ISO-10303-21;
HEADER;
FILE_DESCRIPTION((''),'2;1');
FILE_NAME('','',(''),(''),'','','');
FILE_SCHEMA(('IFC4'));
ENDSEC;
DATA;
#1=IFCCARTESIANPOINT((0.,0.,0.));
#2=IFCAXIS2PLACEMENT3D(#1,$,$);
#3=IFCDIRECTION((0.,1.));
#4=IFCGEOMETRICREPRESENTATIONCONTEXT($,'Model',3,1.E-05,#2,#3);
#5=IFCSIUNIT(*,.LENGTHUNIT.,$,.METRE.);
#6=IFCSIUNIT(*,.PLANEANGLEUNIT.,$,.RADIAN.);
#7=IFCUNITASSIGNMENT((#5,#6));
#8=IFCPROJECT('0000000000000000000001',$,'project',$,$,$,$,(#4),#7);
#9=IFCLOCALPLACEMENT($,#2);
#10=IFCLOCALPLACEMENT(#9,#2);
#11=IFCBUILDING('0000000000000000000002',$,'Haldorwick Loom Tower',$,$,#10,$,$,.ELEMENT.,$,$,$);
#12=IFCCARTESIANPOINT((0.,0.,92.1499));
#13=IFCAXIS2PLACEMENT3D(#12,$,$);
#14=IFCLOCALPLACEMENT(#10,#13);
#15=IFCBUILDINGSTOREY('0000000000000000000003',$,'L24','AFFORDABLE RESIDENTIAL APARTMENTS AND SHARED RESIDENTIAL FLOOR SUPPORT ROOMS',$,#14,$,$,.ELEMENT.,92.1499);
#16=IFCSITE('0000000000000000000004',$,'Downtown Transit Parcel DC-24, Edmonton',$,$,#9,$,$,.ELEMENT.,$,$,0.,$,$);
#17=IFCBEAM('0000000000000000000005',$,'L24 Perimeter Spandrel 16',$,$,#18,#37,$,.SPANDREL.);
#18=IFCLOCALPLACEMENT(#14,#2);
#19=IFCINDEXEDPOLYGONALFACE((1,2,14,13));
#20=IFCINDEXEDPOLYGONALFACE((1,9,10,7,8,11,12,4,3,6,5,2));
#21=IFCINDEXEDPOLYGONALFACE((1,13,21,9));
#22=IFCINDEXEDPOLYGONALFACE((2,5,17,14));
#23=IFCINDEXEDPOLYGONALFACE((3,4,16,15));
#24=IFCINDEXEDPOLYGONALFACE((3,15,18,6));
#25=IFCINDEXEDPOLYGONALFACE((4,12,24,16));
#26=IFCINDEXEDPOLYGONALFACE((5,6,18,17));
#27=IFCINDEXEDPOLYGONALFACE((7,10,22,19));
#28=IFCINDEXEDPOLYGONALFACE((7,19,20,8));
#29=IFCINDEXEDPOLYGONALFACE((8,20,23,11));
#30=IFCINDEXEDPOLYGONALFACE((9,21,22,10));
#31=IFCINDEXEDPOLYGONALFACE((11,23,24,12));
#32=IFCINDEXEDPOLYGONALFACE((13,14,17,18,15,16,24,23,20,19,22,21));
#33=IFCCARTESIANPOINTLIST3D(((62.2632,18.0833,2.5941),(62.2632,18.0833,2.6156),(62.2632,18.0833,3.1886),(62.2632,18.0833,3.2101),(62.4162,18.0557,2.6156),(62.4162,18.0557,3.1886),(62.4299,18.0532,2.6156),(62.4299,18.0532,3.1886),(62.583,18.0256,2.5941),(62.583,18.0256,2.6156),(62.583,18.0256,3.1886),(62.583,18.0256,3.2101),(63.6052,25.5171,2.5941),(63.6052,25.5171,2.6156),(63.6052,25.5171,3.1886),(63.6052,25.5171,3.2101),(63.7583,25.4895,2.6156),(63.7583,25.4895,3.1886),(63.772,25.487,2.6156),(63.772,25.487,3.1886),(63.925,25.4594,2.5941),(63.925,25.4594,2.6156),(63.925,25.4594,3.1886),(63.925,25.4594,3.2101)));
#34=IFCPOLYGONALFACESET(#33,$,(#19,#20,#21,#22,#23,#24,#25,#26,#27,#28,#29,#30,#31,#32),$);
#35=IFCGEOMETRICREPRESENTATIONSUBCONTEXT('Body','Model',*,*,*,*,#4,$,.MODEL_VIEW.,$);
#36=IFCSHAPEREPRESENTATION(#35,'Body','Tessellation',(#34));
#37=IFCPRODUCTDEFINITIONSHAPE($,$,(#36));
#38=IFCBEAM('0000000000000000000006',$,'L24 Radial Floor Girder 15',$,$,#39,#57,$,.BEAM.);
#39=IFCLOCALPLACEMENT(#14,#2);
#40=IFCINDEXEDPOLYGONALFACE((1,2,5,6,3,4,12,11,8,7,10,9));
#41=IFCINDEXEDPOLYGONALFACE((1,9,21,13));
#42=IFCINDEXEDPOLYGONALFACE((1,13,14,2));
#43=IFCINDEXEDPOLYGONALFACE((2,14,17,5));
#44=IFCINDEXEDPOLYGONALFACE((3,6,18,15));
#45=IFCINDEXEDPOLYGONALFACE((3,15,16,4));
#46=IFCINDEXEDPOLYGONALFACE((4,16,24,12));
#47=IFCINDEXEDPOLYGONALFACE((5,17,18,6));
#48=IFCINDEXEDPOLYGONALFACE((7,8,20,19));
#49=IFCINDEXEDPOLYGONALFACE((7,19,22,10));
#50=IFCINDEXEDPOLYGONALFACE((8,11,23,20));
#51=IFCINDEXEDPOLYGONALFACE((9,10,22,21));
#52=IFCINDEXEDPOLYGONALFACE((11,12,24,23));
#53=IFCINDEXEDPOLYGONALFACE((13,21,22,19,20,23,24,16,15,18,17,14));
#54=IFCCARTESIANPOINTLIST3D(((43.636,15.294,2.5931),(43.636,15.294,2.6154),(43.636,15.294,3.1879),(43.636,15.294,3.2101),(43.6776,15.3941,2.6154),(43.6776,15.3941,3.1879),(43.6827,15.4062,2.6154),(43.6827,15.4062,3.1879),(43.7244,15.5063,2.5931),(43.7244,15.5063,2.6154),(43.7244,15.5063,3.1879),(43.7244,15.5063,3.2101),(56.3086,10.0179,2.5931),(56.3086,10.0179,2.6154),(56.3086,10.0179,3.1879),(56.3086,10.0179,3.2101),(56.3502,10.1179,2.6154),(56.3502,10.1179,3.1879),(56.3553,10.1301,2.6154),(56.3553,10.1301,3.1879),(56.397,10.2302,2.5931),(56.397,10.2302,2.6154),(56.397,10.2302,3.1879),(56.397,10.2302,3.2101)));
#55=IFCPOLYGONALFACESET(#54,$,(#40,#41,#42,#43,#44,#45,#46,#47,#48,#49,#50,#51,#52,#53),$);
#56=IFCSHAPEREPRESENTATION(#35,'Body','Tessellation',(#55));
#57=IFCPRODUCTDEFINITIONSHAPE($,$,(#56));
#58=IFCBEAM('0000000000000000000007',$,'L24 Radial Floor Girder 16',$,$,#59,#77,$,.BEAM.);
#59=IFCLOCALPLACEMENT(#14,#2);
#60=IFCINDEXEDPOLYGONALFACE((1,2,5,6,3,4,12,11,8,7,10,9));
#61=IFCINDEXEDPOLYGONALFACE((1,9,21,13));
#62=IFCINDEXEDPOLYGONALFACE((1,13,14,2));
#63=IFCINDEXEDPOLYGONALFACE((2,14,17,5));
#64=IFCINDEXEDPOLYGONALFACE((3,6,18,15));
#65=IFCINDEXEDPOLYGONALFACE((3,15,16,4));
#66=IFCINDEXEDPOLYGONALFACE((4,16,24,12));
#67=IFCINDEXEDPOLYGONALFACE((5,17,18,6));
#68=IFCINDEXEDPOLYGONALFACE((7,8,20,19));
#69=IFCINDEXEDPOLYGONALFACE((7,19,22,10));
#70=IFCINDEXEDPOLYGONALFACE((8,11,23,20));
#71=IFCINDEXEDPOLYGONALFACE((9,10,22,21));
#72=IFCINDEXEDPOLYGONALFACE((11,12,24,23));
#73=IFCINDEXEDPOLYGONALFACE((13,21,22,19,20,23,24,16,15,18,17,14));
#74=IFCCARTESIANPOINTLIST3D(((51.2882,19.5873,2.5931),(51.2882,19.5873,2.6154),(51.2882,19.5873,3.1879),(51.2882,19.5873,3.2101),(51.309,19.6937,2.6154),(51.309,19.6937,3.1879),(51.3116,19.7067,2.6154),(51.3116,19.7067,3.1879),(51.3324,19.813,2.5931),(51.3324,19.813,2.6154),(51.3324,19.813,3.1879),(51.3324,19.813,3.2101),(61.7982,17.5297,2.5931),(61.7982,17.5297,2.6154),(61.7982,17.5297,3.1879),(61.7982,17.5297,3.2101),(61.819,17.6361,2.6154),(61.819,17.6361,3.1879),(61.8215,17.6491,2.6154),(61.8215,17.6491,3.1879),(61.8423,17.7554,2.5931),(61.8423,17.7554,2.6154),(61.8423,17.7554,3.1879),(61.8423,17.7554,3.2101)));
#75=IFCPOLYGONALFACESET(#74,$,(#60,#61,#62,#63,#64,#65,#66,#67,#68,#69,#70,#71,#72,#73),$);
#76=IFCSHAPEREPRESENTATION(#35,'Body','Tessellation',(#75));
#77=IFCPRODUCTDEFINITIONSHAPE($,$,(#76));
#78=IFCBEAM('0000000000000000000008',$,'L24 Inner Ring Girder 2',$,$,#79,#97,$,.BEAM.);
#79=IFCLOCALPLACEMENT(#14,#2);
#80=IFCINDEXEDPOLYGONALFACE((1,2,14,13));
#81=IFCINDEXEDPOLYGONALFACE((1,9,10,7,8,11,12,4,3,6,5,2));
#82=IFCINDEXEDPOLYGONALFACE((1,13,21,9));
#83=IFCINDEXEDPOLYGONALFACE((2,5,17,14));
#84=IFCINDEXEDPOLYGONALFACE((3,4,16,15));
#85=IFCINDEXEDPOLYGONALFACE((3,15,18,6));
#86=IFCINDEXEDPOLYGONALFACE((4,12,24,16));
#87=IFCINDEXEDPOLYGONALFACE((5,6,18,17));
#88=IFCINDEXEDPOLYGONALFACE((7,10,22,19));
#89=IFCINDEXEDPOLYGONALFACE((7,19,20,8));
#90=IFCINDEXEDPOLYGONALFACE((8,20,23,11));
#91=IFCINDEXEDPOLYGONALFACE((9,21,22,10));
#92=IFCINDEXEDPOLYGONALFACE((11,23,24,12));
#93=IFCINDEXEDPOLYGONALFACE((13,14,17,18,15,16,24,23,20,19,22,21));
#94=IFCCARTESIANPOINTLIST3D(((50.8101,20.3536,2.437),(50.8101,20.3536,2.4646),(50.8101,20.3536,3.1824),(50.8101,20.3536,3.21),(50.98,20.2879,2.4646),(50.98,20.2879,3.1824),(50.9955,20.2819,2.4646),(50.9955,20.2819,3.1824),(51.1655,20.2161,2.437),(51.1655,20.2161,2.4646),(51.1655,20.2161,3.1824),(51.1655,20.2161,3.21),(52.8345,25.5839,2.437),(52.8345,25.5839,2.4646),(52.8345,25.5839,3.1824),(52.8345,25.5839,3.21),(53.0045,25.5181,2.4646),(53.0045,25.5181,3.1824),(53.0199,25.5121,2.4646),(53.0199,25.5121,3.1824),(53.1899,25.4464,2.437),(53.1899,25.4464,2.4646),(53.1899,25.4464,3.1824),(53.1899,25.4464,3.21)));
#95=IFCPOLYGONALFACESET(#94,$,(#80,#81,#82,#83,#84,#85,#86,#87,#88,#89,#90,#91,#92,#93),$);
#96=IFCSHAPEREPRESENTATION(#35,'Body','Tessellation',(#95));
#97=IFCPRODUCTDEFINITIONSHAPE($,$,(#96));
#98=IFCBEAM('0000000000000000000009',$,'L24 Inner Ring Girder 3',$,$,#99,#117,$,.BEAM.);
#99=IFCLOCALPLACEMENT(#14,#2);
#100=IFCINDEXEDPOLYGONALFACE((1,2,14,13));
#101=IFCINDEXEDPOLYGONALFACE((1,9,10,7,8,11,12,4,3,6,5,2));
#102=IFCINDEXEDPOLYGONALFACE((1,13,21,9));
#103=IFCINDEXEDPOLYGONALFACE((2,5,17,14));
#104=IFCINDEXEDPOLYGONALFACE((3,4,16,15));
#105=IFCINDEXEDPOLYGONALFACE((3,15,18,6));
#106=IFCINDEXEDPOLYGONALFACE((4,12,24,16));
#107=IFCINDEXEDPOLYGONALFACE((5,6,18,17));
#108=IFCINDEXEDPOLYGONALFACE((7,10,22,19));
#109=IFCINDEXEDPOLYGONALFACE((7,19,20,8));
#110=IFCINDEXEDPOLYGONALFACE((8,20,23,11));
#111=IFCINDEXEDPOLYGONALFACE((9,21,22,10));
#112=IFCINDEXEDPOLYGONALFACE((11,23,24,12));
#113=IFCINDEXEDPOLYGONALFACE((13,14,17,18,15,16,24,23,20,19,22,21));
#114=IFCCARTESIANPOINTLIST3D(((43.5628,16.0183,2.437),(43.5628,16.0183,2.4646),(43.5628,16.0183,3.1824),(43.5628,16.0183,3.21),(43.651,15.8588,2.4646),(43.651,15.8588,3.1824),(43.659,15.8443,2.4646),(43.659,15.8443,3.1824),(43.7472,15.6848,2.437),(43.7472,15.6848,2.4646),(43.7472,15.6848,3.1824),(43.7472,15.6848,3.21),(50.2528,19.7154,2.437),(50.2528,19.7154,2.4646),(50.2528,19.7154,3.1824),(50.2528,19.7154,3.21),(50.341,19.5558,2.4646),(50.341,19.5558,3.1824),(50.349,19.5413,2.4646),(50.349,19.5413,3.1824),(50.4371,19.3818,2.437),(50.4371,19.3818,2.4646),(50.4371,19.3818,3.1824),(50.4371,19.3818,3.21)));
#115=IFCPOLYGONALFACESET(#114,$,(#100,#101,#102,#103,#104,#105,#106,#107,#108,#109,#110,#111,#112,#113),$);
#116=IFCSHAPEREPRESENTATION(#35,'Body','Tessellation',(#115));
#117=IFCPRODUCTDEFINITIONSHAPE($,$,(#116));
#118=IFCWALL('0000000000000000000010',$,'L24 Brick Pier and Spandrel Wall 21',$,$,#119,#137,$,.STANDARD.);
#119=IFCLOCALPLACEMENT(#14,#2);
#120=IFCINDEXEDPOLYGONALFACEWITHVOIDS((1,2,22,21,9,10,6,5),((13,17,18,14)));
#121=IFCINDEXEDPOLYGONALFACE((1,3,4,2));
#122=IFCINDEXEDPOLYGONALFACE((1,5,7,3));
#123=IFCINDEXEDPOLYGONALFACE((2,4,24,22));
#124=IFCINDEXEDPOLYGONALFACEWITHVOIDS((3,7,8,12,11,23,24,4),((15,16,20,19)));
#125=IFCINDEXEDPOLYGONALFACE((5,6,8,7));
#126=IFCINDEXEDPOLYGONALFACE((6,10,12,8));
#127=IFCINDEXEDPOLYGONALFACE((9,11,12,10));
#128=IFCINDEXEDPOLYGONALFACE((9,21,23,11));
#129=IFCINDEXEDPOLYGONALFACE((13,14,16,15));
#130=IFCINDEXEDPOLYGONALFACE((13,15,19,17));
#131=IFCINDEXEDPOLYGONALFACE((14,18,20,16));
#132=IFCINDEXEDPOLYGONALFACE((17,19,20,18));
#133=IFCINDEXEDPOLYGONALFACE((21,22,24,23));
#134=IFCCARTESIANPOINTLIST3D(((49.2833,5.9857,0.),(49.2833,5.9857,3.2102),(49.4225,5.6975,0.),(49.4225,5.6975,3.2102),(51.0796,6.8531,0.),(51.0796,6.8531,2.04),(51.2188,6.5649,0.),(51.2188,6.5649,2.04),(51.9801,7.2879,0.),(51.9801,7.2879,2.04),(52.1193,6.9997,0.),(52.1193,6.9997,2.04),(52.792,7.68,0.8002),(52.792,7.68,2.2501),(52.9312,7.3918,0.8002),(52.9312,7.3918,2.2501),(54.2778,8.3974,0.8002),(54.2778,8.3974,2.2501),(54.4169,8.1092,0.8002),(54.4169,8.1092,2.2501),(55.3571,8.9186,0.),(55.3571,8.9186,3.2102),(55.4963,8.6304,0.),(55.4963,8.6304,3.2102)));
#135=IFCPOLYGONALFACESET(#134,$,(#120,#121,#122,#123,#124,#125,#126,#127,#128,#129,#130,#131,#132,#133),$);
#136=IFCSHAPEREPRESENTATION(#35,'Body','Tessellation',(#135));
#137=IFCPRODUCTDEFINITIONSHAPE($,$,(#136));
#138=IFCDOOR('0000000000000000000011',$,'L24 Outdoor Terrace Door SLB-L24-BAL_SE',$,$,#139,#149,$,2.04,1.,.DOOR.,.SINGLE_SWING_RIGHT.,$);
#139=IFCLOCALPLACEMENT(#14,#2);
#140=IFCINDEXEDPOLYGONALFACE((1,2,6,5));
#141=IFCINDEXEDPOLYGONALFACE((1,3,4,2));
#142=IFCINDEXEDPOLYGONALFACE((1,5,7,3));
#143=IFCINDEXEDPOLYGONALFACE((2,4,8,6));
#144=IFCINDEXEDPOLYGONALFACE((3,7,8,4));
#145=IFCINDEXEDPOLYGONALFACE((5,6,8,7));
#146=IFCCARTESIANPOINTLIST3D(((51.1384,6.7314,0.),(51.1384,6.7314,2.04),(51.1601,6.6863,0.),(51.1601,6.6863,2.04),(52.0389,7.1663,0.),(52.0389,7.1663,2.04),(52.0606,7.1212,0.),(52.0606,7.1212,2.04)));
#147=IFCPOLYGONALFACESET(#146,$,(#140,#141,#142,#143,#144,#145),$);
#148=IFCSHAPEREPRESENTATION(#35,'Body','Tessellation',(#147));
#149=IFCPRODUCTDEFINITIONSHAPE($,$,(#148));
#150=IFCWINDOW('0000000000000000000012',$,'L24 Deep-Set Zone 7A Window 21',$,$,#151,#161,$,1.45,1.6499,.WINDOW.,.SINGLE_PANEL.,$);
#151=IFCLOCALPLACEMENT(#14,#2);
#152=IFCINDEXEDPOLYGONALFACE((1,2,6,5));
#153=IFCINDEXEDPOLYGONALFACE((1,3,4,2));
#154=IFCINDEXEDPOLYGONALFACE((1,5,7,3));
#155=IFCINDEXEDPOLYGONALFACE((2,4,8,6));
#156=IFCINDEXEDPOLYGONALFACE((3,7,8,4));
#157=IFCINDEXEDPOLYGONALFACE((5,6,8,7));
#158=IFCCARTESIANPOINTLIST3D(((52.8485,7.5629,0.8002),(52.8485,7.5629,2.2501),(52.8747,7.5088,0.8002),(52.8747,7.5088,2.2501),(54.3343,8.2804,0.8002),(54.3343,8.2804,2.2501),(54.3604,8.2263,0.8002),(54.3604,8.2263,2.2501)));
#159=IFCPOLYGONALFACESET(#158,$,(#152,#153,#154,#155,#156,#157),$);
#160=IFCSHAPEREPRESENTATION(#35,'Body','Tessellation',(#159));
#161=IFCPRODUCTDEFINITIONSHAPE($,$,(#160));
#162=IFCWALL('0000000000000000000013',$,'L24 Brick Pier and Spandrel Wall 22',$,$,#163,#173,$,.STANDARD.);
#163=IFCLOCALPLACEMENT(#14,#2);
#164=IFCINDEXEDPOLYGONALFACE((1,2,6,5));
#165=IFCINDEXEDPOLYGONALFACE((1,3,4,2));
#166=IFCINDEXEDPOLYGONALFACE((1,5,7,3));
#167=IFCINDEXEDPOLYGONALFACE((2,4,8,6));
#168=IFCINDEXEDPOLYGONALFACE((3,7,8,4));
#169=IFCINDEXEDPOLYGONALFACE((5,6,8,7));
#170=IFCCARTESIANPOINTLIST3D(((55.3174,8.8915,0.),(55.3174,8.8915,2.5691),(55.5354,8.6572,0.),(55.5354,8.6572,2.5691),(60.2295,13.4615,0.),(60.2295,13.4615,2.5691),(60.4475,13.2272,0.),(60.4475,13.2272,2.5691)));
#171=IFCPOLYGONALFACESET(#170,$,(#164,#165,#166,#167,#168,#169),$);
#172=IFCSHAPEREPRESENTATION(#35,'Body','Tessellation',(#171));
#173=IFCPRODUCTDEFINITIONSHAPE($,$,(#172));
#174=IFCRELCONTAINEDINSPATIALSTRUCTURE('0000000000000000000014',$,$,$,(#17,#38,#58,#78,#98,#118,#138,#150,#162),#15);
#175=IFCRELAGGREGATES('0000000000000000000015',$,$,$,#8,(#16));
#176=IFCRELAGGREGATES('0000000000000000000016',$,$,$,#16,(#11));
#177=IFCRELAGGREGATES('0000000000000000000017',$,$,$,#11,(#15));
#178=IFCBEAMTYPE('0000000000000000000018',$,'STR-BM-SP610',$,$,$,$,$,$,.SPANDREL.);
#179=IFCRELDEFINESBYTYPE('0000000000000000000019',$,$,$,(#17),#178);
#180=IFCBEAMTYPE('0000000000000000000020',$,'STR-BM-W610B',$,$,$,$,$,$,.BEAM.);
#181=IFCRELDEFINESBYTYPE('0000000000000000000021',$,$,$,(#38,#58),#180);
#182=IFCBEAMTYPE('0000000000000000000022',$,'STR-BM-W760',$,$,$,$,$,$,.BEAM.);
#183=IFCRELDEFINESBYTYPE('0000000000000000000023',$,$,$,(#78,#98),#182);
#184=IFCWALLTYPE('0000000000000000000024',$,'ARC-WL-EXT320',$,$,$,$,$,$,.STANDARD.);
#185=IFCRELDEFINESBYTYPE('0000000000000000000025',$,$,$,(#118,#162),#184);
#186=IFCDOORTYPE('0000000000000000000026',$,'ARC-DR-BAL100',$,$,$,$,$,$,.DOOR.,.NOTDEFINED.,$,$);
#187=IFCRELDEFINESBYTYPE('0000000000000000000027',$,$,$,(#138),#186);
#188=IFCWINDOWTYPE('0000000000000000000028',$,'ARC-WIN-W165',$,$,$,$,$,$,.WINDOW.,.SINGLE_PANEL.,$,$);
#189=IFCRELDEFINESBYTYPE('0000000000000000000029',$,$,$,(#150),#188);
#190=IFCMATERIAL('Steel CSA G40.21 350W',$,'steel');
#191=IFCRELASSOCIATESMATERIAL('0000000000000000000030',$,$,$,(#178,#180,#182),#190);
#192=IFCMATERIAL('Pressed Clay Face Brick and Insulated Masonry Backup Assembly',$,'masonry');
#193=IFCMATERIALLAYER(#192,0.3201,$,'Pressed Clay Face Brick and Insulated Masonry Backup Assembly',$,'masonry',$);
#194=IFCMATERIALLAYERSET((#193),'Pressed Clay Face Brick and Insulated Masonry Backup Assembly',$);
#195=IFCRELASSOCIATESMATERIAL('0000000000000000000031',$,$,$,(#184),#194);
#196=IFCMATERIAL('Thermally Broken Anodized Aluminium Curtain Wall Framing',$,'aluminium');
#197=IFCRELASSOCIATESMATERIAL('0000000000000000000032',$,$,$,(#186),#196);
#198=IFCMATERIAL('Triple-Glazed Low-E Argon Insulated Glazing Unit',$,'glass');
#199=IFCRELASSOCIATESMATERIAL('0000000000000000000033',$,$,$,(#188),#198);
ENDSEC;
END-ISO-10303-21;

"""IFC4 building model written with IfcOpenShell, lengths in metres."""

from ifc_helpers import new_model, si_unit, direction, frame, frame_2d, origin, origin_2d, place, context, subcontext, project, spatial, rectangle, i_section, extrude, material, layer, layer_set, material_profile, profile_set, type_object, element, fill, save


model = new_model("IFC4")

# Units and contexts
model_context = context("Model", 3, precision=1e-05, world=origin(), true_north=direction((0.0, 1.0)))
body_context = subcontext(model_context, "Body", "Model", "MODEL_VIEW")
ifc_project = project(units=[si_unit("LENGTHUNIT", "METRE"), si_unit("PLANEANGLEUNIT", "RADIAN")], contexts=[model_context])

# Site, building, storey
site_placement = place(None, origin())
site = spatial("IfcSite", under=ifc_project, at=site_placement, Name="Downtown Transit Parcel DC-24, Edmonton", CompositionType="ELEMENT", RefElevation=0.0)
building_placement = place(site_placement, origin())
building = spatial("IfcBuilding", under=site, at=building_placement, Name="Haldorwick Loom Tower", CompositionType="ELEMENT")
storey_placement = place(building_placement, frame((0.0, 0.0, 92.1499)))
storey = spatial("IfcBuildingStorey", under=building, at=storey_placement, Name="L24", Description="AFFORDABLE RESIDENTIAL APARTMENTS AND SHARED RESIDENTIAL FLOOR SUPPORT ROOMS", CompositionType="ELEMENT", Elevation=92.1499)

# Beams
ifc_material_1 = material(Name="Steel CSA G40.21 350W", Category="steel")
ifc_material_profile_1 = material_profile(ifc_material_1, i_section(OverallWidth=0.325, OverallDepth=0.616, WebThickness=0.0139, FlangeThickness=0.0215, at=origin_2d()), Name="W610X174", Category="steel")
ifc_profile_set_1 = profile_set([ifc_material_profile_1], Name="Steel CSA G40.21 350W")
beam_type_1 = type_object("IfcBeamType", Name="STR-BM-SP610", PredefinedType="SPANDREL", material=ifc_profile_set_1)
beam_1_placement = place(storey_placement, frame((62.4231, 18.0544, 2.9021), z_axis=(0.177659, 0.984092, 0.0), x_axis=(-0.984092, 0.177659, 0.0)))
element("IfcBeam", 1, at=beam_1_placement, inside=storey, type_object=beam_type_1, Name="L24 Perimeter Spandrel 16", PredefinedType="SPANDREL", context=body_context, shape_type="SweptSolid", body=[
    extrude(i_section(OverallWidth=0.325, OverallDepth=0.616, WebThickness=0.0139, FlangeThickness=0.0215, at=origin_2d()), origin(), (0.0, 0.0, 1.0), 7.554),
])
ifc_material_profile_2 = material_profile(ifc_material_1, i_section(OverallWidth=0.23, OverallDepth=0.6169, WebThickness=0.0132, FlangeThickness=0.0222, at=origin_2d()), Name="W610X140", Category="steel")
ifc_profile_set_2 = profile_set([ifc_material_profile_2], Name="Steel CSA G40.21 350W")
beam_type_2 = type_object("IfcBeamType", Name="STR-BM-W610B", PredefinedType="BEAM", material=ifc_profile_set_2)
beam_2_placement = place(storey_placement, frame((43.6802, 15.4001, 2.9016), z_axis=(0.923184, -0.384359, 0.0), x_axis=(0.384359, 0.923184, 0.0)))
element("IfcBeam", 2, at=beam_2_placement, inside=storey, type_object=beam_type_2, Name="L24 Radial Floor Girder 15", PredefinedType="BEAM", context=body_context, shape_type="SweptSolid", body=[
    extrude(i_section(OverallWidth=0.23, OverallDepth=0.6169, WebThickness=0.0132, FlangeThickness=0.0222, at=origin_2d()), origin(), (0.0, 0.0, 1.0), 13.7271),
])
beam_3_placement = place(storey_placement, frame((51.3103, 19.7002, 2.9016), z_axis=(0.98137, -0.192129, 0.0), x_axis=(0.192129, 0.98137, 0.0)))
element("IfcBeam", 3, at=beam_3_placement, inside=storey, type_object=beam_type_2, Name="L24 Radial Floor Girder 16", PredefinedType="BEAM", context=body_context, shape_type="SweptSolid", body=[
    extrude(i_section(OverallWidth=0.23, OverallDepth=0.6169, WebThickness=0.0132, FlangeThickness=0.0222, at=origin_2d()), origin(), (0.0, 0.0, 1.0), 10.7095),
])
ifc_material_profile_3 = material_profile(ifc_material_1, i_section(OverallWidth=0.3811, OverallDepth=0.7729, WebThickness=0.0166, FlangeThickness=0.0276, at=origin_2d()), Name="W760X257", Category="steel")
ifc_profile_set_3 = profile_set([ifc_material_profile_3], Name="Steel CSA G40.21 350W")
beam_type_3 = type_object("IfcBeamType", Name="STR-BM-W760", PredefinedType="BEAM", material=ifc_profile_set_3)
beam_4_placement = place(storey_placement, frame((53.0122, 25.5151, 2.8235), z_axis=(-0.360965, -0.932579, 0.0), x_axis=(0.932579, -0.360965, 0.0)))
element("IfcBeam", 4, at=beam_4_placement, inside=storey, type_object=beam_type_3, Name="L24 Inner Ring Girder 2", PredefinedType="BEAM", context=body_context, shape_type="SweptSolid", body=[
    extrude(i_section(OverallWidth=0.3811, OverallDepth=0.7729, WebThickness=0.0166, FlangeThickness=0.0276, at=origin_2d()), origin(), (0.0, 0.0, 1.0), 5.6084),
])
beam_5_placement = place(storey_placement, frame((50.345, 19.5486, 2.8235), z_axis=(-0.875244, -0.483681, 0.0), x_axis=(0.483681, -0.875244, 0.0)))
element("IfcBeam", 5, at=beam_5_placement, inside=storey, type_object=beam_type_3, Name="L24 Inner Ring Girder 3", PredefinedType="BEAM", context=body_context, shape_type="SweptSolid", body=[
    extrude(i_section(OverallWidth=0.3811, OverallDepth=0.7729, WebThickness=0.0166, FlangeThickness=0.0276, at=origin_2d()), origin(), (0.0, 0.0, 1.0), 7.6436),
])

# Wall, openings, door, window
ifc_material_2 = material(Name="Pressed Clay Face Brick and Insulated Masonry Backup Assembly", Category="masonry")
ifc_layer_1 = layer(ifc_material_2, 0.3201, Name="Pressed Clay Face Brick and Insulated Masonry Backup Assembly", Category="masonry")
ifc_layer_set_1 = layer_set([ifc_layer_1], Name="Pressed Clay Face Brick and Insulated Masonry Backup Assembly")
wall_type_1 = type_object("IfcWallType", Name="ARC-WL-EXT320", PredefinedType="STANDARD", material=ifc_layer_set_1)
wall_1_placement = place(storey_placement, frame((49.3528, 5.8416, 0.0), z_axis=(0.0, 0.0, 1.0), x_axis=(0.90051, 0.434835, 0.0)))
wall_1 = element("IfcWall", 6, at=wall_1_placement, inside=storey, type_object=wall_type_1, Name="L24 Brick Pier and Spandrel Wall 21", PredefinedType="STANDARD", context=body_context, shape_type="SweptSolid", body=[
    extrude(rectangle(XDim=6.7449, YDim=0.3201, at=frame_2d((3.3726, 0.0))), origin(), (0.0, 0.0, 1.0), 3.2102),
])
opening_1_placement = place(wall_1_placement, frame((1.9949, 0.0, 0.0)))
opening_1 = element("IfcOpeningElement", 7, at=opening_1_placement, cuts=wall_1, PredefinedType="OPENING", context=body_context, shape_type="SweptSolid", body=[
    extrude(rectangle(XDim=1.0, YDim=2.04, at=frame_2d((0.5, 1.02))), frame((0.0, 0.1699, 0.0), z_axis=(0.0, -1.0, 0.0), x_axis=(1.0, 0.0, 0.0)), (0.0, 0.0, 1.0), 0.3401),
])
opening_2_placement = place(wall_1_placement, frame((3.8965, 0.0, 0.8)))
opening_2 = element("IfcOpeningElement", 8, at=opening_2_placement, cuts=wall_1, PredefinedType="OPENING", context=body_context, shape_type="SweptSolid", body=[
    extrude(rectangle(XDim=1.6499, YDim=1.45, at=frame_2d((0.825, 0.7251))), frame((0.0, 0.1699, 0.0), z_axis=(0.0, -1.0, 0.0), x_axis=(1.0, 0.0, 0.0)), (0.0, 0.0, 1.0), 0.3401),
])
ifc_material_3 = material(Name="Thermally Broken Anodized Aluminium Curtain Wall Framing", Category="aluminium")
door_type_1 = type_object("IfcDoorType", Name="ARC-DR-BAL100", OperationType="NOTDEFINED", PredefinedType="DOOR", material=ifc_material_3)
door_1_placement = place(opening_1_placement, origin())
door_1 = element("IfcDoor", 9, at=door_1_placement, inside=storey, type_object=door_type_1, Name="L24 Outdoor Terrace Door SLB-L24-BAL_SE", OperationType="SINGLE_SWING_RIGHT", OverallHeight=2.04, OverallWidth=1.0, PredefinedType="DOOR", context=body_context, shape_type="SweptSolid", body=[
    extrude(rectangle(XDim=1.0, YDim=2.04, at=frame_2d((0.5, 1.02))), frame((0.0, 0.0249, 0.0), z_axis=(0.0, -1.0, 0.0), x_axis=(1.0, 0.0, 0.0)), (0.0, 0.0, 1.0), 0.05),
])
fill(opening_1, door_1)
ifc_material_4 = material(Name="Triple-Glazed Low-E Argon Insulated Glazing Unit", Category="glass")
window_type = type_object("IfcWindowType", Name="ARC-WIN-W165", PartitioningType="SINGLE_PANEL", PredefinedType="WINDOW", material=ifc_material_4)
window_1_placement = place(opening_2_placement, origin())
window_1 = element("IfcWindow", 10, at=window_1_placement, inside=storey, type_object=window_type, Name="L24 Deep-Set Zone 7A Window 21", OverallHeight=1.45, OverallWidth=1.6499, PartitioningType="SINGLE_PANEL", PredefinedType="WINDOW", context=body_context, shape_type="SweptSolid", body=[
    extrude(rectangle(XDim=1.6499, YDim=1.45, at=frame_2d((0.825, 0.7251))), frame((0.0, 0.03, 0.0), z_axis=(0.0, -1.0, 0.0), x_axis=(1.0, 0.0, 0.0)), (0.0, 0.0, 1.0), 0.0601),
])
fill(opening_2, window_1)

# Wall
wall_2_placement = place(storey_placement, frame((55.4265, 8.7744, 0.0), z_axis=(0.0, 0.0, 1.0), x_axis=(0.732137, 0.681157, 0.0)))
element("IfcWall", 11, at=wall_2_placement, inside=storey, type_object=wall_type_1, Name="L24 Brick Pier and Spandrel Wall 22", PredefinedType="STANDARD", context=body_context, shape_type="SweptSolid", body=[
    extrude(rectangle(XDim=6.7092, YDim=0.3201, at=frame_2d((3.3545, 0.0))), origin(), (0.0, 0.0, 1.0), 2.5691),
])

save(model, "model.ifc")
